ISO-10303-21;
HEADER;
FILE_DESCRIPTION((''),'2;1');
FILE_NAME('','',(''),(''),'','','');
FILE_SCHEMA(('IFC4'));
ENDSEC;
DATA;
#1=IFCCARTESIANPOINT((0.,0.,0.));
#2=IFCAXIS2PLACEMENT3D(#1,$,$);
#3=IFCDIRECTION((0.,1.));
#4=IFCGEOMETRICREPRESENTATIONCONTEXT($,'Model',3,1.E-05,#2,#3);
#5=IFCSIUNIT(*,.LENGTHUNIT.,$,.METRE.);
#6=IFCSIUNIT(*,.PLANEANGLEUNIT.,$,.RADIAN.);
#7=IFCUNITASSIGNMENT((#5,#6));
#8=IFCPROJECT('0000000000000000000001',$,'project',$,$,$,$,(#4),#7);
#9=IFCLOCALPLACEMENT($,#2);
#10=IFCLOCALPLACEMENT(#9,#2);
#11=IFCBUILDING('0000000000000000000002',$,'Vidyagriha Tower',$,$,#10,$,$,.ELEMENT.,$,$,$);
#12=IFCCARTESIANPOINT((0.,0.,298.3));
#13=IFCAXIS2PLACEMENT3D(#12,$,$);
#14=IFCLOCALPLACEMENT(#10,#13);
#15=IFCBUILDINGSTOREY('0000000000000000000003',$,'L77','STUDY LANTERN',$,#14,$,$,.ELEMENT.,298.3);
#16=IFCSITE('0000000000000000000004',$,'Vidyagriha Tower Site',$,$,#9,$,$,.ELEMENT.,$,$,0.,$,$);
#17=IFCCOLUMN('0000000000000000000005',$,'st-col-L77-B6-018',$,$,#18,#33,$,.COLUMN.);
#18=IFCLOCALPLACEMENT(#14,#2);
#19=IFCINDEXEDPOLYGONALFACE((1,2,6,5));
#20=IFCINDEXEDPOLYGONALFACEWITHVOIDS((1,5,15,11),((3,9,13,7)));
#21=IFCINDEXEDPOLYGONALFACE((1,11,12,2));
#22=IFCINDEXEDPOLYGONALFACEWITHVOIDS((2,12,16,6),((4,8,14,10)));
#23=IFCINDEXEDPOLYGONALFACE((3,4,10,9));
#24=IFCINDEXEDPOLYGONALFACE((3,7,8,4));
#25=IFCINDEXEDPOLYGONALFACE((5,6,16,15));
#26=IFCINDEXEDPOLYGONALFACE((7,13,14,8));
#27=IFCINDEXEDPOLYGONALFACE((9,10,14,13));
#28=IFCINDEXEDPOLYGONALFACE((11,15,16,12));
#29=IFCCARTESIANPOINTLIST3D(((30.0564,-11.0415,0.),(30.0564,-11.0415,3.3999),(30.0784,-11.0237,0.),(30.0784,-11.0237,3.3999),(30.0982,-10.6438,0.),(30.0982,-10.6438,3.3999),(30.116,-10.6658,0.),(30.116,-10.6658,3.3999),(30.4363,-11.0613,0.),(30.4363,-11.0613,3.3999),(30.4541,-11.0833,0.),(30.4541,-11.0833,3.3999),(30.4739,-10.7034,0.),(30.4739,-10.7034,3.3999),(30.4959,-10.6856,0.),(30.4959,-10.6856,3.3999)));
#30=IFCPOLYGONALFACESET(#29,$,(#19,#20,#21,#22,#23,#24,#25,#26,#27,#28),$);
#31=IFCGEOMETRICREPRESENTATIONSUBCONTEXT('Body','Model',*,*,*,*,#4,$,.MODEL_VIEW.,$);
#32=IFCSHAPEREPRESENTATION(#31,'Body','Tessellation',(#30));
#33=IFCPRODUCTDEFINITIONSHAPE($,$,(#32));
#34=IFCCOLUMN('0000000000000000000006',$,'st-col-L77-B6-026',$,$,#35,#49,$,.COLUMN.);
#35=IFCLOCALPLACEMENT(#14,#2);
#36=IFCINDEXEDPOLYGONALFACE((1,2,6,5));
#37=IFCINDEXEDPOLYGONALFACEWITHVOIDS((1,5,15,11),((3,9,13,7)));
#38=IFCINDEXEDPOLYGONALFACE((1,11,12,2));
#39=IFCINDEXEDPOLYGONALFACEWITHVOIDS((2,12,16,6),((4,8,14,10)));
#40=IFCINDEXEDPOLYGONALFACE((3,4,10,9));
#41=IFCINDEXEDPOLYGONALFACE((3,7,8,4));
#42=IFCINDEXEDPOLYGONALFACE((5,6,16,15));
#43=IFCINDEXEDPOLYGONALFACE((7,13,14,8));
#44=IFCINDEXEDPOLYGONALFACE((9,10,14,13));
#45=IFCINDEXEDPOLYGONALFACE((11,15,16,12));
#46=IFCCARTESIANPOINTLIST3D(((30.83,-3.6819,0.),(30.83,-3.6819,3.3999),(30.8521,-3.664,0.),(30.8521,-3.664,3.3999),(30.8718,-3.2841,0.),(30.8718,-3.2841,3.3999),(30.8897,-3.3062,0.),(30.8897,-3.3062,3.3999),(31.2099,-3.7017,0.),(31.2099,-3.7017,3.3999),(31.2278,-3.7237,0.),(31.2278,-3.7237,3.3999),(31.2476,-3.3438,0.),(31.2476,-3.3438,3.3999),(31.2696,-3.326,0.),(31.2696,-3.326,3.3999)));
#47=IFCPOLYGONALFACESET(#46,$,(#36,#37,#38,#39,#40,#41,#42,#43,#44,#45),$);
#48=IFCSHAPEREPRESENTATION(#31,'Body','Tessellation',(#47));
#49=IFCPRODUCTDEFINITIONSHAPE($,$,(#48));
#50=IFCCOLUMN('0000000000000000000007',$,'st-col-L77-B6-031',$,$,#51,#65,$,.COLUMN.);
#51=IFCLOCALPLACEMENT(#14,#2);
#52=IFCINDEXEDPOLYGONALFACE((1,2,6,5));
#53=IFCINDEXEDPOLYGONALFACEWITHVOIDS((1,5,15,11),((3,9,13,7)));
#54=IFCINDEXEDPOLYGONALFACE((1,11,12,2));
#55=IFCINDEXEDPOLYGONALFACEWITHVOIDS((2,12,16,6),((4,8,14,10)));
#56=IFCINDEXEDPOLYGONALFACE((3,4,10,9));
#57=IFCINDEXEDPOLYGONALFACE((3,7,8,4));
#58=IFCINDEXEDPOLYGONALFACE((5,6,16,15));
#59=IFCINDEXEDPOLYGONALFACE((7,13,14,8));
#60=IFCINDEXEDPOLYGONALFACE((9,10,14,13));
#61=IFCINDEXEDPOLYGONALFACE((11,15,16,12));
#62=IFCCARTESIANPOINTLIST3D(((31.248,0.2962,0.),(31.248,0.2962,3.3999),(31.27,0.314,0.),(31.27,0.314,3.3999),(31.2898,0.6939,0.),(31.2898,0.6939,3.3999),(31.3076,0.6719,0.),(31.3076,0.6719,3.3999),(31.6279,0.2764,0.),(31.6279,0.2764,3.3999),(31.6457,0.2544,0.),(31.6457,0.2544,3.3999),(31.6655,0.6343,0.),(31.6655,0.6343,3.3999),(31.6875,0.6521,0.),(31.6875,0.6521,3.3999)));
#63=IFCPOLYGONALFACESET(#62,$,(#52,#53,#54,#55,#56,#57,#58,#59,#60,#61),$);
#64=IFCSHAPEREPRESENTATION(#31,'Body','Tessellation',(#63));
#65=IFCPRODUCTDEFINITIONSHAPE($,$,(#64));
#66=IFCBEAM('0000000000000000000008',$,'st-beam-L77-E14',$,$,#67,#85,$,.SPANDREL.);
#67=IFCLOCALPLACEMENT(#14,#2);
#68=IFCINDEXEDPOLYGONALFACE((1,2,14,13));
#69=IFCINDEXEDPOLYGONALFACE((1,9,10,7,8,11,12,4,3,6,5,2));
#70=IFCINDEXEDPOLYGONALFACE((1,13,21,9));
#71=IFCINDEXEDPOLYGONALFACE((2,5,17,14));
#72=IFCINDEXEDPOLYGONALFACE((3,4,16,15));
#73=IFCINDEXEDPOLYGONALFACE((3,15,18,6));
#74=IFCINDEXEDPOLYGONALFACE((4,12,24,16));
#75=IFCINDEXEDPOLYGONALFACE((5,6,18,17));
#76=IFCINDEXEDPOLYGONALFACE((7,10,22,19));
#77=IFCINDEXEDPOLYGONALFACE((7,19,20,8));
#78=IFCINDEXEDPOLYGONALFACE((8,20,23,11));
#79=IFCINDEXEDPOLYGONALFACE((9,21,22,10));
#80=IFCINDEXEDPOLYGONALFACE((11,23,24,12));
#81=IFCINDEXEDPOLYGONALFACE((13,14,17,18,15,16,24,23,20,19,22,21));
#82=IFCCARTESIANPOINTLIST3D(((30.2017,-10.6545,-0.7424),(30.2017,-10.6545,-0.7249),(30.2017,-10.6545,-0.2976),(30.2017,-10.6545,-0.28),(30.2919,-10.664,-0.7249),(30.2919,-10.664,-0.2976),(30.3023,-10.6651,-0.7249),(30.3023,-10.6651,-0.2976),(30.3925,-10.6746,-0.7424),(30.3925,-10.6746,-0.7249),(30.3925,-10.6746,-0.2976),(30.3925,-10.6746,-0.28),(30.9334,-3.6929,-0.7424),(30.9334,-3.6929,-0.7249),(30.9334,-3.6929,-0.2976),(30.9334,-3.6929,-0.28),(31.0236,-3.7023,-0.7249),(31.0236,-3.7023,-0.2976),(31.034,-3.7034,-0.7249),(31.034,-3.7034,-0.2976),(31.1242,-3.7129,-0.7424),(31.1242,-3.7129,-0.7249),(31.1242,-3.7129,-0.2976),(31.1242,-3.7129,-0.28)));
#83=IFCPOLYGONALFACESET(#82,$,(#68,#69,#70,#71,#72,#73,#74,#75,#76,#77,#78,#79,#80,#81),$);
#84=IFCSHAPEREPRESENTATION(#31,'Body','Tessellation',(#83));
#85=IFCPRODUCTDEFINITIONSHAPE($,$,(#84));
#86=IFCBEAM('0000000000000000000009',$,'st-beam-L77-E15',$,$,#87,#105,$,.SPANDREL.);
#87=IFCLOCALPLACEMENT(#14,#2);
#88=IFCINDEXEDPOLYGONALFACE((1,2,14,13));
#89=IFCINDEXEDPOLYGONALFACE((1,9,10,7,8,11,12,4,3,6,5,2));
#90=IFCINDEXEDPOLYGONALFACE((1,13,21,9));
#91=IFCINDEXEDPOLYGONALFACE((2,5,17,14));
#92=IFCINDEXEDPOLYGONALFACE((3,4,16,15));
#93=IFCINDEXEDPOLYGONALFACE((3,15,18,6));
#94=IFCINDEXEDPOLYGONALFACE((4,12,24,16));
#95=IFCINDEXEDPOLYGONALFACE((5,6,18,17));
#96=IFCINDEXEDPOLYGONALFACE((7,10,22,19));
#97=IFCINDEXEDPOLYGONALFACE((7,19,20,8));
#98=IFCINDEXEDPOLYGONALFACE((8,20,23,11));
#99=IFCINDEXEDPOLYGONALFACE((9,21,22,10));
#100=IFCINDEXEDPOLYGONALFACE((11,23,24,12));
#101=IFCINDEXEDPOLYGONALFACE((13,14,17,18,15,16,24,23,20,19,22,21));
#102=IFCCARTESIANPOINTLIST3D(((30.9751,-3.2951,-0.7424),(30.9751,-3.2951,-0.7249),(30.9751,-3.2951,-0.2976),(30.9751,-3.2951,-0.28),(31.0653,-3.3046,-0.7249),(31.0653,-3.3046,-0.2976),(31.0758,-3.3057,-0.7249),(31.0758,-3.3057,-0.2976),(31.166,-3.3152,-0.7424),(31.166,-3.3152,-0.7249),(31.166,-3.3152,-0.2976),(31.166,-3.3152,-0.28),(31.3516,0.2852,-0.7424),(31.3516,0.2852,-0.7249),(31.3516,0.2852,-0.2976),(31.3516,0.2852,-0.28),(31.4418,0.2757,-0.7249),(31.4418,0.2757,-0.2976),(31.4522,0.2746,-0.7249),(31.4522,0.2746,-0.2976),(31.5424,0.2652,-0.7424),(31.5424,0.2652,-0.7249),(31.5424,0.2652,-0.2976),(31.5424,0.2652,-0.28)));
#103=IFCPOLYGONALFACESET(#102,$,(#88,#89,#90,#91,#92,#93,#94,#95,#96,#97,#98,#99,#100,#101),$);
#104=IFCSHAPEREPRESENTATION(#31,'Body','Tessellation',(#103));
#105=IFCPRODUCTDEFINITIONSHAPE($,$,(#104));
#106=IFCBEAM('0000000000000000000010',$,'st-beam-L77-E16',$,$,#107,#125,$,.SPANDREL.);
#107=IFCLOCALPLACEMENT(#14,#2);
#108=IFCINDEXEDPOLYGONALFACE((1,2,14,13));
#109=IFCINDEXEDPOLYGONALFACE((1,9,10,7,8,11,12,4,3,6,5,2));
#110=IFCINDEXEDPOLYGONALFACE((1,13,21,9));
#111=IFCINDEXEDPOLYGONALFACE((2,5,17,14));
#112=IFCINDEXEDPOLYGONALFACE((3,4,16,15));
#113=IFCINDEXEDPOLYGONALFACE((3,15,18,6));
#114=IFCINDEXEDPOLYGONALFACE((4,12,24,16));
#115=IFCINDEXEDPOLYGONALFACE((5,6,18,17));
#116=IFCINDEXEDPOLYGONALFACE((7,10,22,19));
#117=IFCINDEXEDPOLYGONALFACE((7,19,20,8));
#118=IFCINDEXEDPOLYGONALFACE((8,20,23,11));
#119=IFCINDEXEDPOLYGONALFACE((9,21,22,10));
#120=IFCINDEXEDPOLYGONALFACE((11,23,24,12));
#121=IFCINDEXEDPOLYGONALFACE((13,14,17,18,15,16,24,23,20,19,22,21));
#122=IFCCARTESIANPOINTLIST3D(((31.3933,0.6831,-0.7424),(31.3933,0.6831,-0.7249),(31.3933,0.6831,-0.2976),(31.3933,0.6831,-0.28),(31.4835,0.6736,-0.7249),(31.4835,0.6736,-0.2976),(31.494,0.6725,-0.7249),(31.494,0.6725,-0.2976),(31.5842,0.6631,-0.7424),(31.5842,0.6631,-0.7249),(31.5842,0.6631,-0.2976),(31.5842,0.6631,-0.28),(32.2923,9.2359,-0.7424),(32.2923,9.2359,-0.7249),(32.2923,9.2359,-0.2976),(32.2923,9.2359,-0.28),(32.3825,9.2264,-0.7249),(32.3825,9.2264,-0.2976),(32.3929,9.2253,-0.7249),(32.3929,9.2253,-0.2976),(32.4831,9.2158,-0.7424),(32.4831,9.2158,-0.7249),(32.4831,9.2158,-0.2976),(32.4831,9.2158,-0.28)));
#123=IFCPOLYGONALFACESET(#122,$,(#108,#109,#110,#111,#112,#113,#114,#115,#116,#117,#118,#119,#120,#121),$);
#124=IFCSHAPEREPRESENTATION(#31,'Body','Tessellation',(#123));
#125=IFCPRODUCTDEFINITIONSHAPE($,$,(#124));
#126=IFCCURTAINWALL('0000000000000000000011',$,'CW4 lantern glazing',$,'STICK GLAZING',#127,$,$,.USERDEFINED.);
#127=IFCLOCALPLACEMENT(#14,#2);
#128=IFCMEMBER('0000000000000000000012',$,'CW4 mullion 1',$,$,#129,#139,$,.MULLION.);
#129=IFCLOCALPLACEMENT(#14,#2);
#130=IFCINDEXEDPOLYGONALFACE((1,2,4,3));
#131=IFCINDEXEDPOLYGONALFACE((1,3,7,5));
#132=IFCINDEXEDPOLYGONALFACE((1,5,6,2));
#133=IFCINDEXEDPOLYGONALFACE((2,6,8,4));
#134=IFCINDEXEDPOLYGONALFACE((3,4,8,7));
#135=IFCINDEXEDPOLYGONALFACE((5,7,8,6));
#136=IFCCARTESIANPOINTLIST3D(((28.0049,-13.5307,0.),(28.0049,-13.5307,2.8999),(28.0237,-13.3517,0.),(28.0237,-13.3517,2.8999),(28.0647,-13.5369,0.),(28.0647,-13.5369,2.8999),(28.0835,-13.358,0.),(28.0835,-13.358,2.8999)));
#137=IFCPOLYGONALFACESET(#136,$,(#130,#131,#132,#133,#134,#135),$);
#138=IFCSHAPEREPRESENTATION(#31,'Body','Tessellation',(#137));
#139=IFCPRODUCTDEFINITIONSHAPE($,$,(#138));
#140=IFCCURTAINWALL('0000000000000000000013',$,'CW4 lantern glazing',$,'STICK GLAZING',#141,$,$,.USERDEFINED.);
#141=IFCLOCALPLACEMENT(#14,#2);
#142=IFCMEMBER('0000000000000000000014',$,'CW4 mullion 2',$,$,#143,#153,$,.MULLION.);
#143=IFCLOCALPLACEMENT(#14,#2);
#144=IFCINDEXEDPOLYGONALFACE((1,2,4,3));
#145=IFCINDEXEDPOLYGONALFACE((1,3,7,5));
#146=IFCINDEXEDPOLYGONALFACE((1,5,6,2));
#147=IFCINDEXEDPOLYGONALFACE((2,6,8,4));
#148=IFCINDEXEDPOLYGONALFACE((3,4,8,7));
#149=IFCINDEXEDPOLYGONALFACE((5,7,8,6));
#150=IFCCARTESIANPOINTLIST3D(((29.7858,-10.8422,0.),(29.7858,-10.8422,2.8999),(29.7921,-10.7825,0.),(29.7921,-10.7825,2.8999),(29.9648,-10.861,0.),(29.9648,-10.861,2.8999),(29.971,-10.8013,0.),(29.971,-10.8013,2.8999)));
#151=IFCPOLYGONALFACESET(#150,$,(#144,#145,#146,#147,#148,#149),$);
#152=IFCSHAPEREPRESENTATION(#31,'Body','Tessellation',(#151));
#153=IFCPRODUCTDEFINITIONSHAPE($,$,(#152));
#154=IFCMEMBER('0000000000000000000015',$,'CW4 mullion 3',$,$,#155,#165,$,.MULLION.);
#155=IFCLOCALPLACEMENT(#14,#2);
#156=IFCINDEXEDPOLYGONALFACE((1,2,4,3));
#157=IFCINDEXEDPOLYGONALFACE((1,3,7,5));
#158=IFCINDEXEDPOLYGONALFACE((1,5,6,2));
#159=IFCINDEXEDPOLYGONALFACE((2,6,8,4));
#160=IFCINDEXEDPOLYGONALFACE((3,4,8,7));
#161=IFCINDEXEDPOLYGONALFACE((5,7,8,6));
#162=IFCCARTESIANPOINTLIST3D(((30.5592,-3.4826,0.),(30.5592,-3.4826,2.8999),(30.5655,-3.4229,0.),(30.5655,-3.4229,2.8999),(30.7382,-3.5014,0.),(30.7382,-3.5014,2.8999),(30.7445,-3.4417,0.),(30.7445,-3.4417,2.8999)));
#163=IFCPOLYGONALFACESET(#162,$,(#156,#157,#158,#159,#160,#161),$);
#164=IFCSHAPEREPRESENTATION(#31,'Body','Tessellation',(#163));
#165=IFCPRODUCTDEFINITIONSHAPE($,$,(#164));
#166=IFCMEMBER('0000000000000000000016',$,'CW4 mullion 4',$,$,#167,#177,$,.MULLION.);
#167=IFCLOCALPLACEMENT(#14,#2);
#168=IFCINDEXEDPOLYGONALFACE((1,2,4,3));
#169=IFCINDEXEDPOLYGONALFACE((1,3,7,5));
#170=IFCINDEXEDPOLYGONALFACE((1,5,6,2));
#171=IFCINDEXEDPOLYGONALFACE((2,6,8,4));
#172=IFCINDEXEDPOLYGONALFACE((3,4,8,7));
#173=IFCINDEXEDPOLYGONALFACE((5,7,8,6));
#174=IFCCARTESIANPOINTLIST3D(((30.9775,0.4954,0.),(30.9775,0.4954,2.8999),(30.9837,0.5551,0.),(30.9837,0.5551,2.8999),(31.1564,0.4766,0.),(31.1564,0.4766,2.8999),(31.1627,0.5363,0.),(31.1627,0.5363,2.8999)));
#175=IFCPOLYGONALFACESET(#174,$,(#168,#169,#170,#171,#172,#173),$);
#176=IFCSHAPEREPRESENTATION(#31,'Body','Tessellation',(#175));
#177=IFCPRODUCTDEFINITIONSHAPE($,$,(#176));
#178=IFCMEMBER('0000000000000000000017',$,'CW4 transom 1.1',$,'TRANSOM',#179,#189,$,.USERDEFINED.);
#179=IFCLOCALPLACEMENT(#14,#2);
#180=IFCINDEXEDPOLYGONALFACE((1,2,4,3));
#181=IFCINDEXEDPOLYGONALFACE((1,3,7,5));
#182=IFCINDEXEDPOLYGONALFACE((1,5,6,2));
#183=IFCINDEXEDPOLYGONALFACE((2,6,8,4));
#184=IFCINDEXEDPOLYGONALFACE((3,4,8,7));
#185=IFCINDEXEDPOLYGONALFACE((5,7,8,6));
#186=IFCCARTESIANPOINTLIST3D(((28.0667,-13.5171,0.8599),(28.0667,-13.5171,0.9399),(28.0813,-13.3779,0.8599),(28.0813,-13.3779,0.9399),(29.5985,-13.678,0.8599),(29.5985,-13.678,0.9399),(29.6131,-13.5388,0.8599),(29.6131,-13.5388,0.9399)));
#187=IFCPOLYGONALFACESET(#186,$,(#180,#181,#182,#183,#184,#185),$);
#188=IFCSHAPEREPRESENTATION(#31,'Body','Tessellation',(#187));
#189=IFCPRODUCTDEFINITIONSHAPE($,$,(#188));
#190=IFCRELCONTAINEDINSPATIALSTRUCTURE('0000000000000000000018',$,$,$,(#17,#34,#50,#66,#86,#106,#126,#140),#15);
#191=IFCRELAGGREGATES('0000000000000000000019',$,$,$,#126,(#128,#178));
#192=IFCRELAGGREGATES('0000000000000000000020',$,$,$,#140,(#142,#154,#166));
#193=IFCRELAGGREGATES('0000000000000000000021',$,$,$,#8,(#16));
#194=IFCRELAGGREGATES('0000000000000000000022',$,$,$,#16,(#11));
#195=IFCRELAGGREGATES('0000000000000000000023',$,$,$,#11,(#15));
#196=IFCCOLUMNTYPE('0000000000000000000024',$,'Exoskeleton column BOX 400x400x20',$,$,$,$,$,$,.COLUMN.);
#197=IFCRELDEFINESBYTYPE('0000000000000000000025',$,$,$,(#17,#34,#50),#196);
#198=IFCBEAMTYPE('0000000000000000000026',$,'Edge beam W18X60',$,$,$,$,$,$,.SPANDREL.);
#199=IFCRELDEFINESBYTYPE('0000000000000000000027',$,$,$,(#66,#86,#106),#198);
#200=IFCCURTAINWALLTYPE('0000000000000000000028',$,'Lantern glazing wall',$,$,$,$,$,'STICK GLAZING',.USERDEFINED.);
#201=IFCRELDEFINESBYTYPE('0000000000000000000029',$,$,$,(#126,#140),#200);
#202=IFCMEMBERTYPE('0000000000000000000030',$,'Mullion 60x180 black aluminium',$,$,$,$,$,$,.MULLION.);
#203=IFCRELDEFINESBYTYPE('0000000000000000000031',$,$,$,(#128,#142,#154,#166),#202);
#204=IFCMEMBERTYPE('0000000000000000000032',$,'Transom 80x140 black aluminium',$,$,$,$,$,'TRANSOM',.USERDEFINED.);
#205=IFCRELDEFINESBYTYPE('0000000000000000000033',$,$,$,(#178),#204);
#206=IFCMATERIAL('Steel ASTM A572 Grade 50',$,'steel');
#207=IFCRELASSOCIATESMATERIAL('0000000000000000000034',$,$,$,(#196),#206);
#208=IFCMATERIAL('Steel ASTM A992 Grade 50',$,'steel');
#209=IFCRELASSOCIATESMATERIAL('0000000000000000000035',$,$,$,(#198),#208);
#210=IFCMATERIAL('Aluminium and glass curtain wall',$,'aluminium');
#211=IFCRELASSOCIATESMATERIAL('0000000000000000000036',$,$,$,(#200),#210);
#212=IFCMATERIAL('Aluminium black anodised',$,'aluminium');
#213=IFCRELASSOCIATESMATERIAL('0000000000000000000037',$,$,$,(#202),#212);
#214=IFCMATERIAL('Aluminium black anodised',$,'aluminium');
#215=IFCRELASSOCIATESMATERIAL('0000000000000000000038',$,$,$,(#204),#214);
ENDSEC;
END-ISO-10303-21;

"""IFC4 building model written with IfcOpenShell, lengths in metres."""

from ifc_helpers import new_model, si_unit, direction, frame, origin, origin_2d, place, context, subcontext, project, spatial, rectangle, hollow_rectangle, i_section, extrude, material, material_profile, profile_set, type_object, element, aggregate, save


model = new_model("IFC4")

# Units and contexts
model_context = context("Model", 3, precision=1e-05, world=origin(), true_north=direction((0.0, 1.0)))
body_context = subcontext(model_context, "Body", "Model", "MODEL_VIEW")
ifc_project = project(units=[si_unit("LENGTHUNIT", "METRE"), si_unit("PLANEANGLEUNIT", "RADIAN")], contexts=[model_context])

# Site, building, storey
site_placement = place(None, origin())
site = spatial("IfcSite", under=ifc_project, at=site_placement, Name="Vidyagriha Tower Site", CompositionType="ELEMENT", RefElevation=0.0)
building_placement = place(site_placement, origin())
building = spatial("IfcBuilding", under=site, at=building_placement, Name="Vidyagriha Tower", CompositionType="ELEMENT")
storey_placement = place(building_placement, frame((0.0, 0.0, 298.3)))
storey = spatial("IfcBuildingStorey", under=building, at=storey_placement, Name="L77", Description="STUDY LANTERN", CompositionType="ELEMENT", Elevation=298.3)

# Columns
ifc_material_1 = material(Name="Steel ASTM A572 Grade 50", Category="steel")
ifc_material_profile_1 = material_profile(ifc_material_1, hollow_rectangle(XDim=0.3999, YDim=0.3999, WallThickness=0.02, at=origin_2d()), Name="BOX 400x400x20")
ifc_profile_set_1 = profile_set([ifc_material_profile_1], Name="Steel ASTM A572 Grade 50")
column_type = type_object("IfcColumnType", Name="Exoskeleton column BOX 400x400x20", PredefinedType="COLUMN", material=ifc_profile_set_1)
for number, where, z_axis, x_axis, name in (
    (1, (30.2761, -10.8635, 0.0), (0.0, 0.0, 1.0), (0.994522, -0.104528, 0.0), "st-col-L77-B6-018"),
    (2, (31.0498, -3.5039, 0.0), (0.0, 0.0, 1.0), (0.994522, -0.104528, 0.0), "st-col-L77-B6-026"),
    (3, (31.4678, 0.4741, 0.0), (0.0, 0.0, 1.0), (0.994522, -0.104528, 0.0), "st-col-L77-B6-031"),
):
    element("IfcColumn", number, at=place(storey_placement, frame(where, z_axis=z_axis, x_axis=x_axis)), inside=storey, type_object=column_type, Name=name, PredefinedType="COLUMN", context=body_context, shape_type="SweptSolid", body=[
        extrude(hollow_rectangle(XDim=0.3999, YDim=0.3999, WallThickness=0.02, at=origin_2d()), origin(), (0.0, 0.0, 1.0), 3.3999),
    ])

# Beams
ifc_material_2 = material(Name="Steel ASTM A992 Grade 50", Category="steel")
ifc_material_profile_2 = material_profile(ifc_material_2, i_section(OverallWidth=0.1919, OverallDepth=0.4624, WebThickness=0.0105, FlangeThickness=0.0176, at=origin_2d()), Name="W18X60")
ifc_profile_set_2 = profile_set([ifc_material_profile_2], Name="Steel ASTM A992 Grade 50")
beam_type = type_object("IfcBeamType", Name="Edge beam W18X60", PredefinedType="SPANDREL", material=ifc_profile_set_2)
beam_1_placement = place(storey_placement, frame((30.2971, -10.6646, -0.5112), z_axis=(0.104527, 0.994522, 0.0), x_axis=(-0.994522, 0.104527, 0.0)))
element("IfcBeam", 4, at=beam_1_placement, inside=storey, type_object=beam_type, Name="st-beam-L77-E14", PredefinedType="SPANDREL", context=body_context, shape_type="SweptSolid", body=[
    extrude(i_section(OverallWidth=0.1919, OverallDepth=0.4624, WebThickness=0.0105, FlangeThickness=0.0176, at=origin_2d()), origin(), (0.0, 0.0, 1.0), 7.0),
])
beam_2_placement = place(storey_placement, frame((31.0706, -3.3052, -0.5112), z_axis=(0.104572, 0.994517, 0.0), x_axis=(-0.994517, 0.104572, 0.0)))
element("IfcBeam", 5, at=beam_2_placement, inside=storey, type_object=beam_type, Name="st-beam-L77-E15", PredefinedType="SPANDREL", context=body_context, shape_type="SweptSolid", body=[
    extrude(i_section(OverallWidth=0.1919, OverallDepth=0.4624, WebThickness=0.0105, FlangeThickness=0.0176, at=origin_2d()), origin(), (0.0, 0.0, 1.0), 3.6001),
])
beam_3_placement = place(storey_placement, frame((31.4888, 0.6731, -0.5112), z_axis=(0.104528, 0.994522, 0.0), x_axis=(-0.994522, 0.104528, 0.0)))
element("IfcBeam", 6, at=beam_3_placement, inside=storey, type_object=beam_type, Name="st-beam-L77-E16", PredefinedType="SPANDREL", context=body_context, shape_type="SweptSolid", body=[
    extrude(i_section(OverallWidth=0.1919, OverallDepth=0.4624, WebThickness=0.0105, FlangeThickness=0.0176, at=origin_2d()), origin(), (0.0, 0.0, 1.0), 8.5999),
])

# Curtain wall, member
ifc_material_3 = material(Name="Aluminium and glass curtain wall", Category="aluminium")
curtain_wall_type = type_object("IfcCurtainWallType", Name="Lantern glazing wall", ElementType="STICK GLAZING", PredefinedType="USERDEFINED", material=ifc_material_3)
curtain_wall_1_placement = place(storey_placement, origin())
curtain_wall_1 = element("IfcCurtainWall", 7, at=curtain_wall_1_placement, inside=storey, type_object=curtain_wall_type, Name="CW4 lantern glazing", ObjectType="STICK GLAZING", PredefinedType="USERDEFINED")
ifc_material_4 = material(Name="Aluminium black anodised", Category="aluminium")
ifc_material_profile_3 = material_profile(ifc_material_4, rectangle(XDim=0.1799, YDim=0.0601, at=origin_2d()), Name="Mullion 60x180 black aluminium")
ifc_profile_set_3 = profile_set([ifc_material_profile_3], Name="Aluminium black anodised")
member_type_1 = type_object("IfcMemberType", Name="Mullion 60x180 black aluminium", PredefinedType="MULLION", material=ifc_profile_set_3)
member_1_placement = place(storey_placement, frame((28.0442, -13.4443, 0.0), z_axis=(0.0, 0.0, 1.0), x_axis=(0.104512, 0.994524, 0.0)))
member_1 = element("IfcMember", 8, at=member_1_placement, type_object=member_type_1, Name="CW4 mullion 1", PredefinedType="MULLION", context=body_context, shape_type="SweptSolid", body=[
    extrude(rectangle(XDim=0.1799, YDim=0.0601, at=origin_2d()), origin(), (0.0, 0.0, 1.0), 2.8999),
])

# Curtain wall, members
curtain_wall_2_placement = place(storey_placement, origin())
curtain_wall_2 = element("IfcCurtainWall", 9, at=curtain_wall_2_placement, inside=storey, type_object=curtain_wall_type, Name="CW4 lantern glazing", ObjectType="STICK GLAZING", PredefinedType="USERDEFINED")
member_2_placement = place(storey_placement, frame((29.8784, -10.8218, 0.0), z_axis=(0.0, 0.0, 1.0), x_axis=(-0.994522, 0.104527, 0.0)))
member_2 = element("IfcMember", 10, at=member_2_placement, type_object=member_type_1, Name="CW4 mullion 2", PredefinedType="MULLION", context=body_context, shape_type="SweptSolid", body=[
    extrude(rectangle(XDim=0.1799, YDim=0.0601, at=origin_2d()), origin(), (0.0, 0.0, 1.0), 2.8999),
])
member_3_placement = place(storey_placement, frame((30.6519, -3.4622, 0.0), z_axis=(0.0, 0.0, 1.0), x_axis=(-0.994522, 0.104527, 0.0)))
member_3 = element("IfcMember", 11, at=member_3_placement, type_object=member_type_1, Name="CW4 mullion 3", PredefinedType="MULLION", context=body_context, shape_type="SweptSolid", body=[
    extrude(rectangle(XDim=0.1799, YDim=0.0601, at=origin_2d()), origin(), (0.0, 0.0, 1.0), 2.8999),
])
member_4_placement = place(storey_placement, frame((31.0701, 0.5159, 0.0), z_axis=(0.0, 0.0, 1.0), x_axis=(-0.994522, 0.104527, 0.0)))
member_4 = element("IfcMember", 12, at=member_4_placement, type_object=member_type_1, Name="CW4 mullion 4", PredefinedType="MULLION", context=body_context, shape_type="SweptSolid", body=[
    extrude(rectangle(XDim=0.1799, YDim=0.0601, at=origin_2d()), origin(), (0.0, 0.0, 1.0), 2.8999),
])

# Member
ifc_material_5 = material(Name="Aluminium black anodised", Category="aluminium")
ifc_material_profile_4 = material_profile(ifc_material_5, rectangle(XDim=0.1399, YDim=0.0801, at=origin_2d()), Name="Transom 80x140 black aluminium")
ifc_profile_set_4 = profile_set([ifc_material_profile_4], Name="Aluminium black anodised")
member_type_2 = type_object("IfcMemberType", Name="Transom 80x140 black aluminium", ElementType="TRANSOM", PredefinedType="USERDEFINED", material=ifc_profile_set_4)
member_5_placement = place(storey_placement, frame((28.074, -13.4475, 0.8999), z_axis=(0.994529, -0.104462, 0.0), x_axis=(0.104462, 0.994529, 0.0)))
member_5 = element("IfcMember", 13, at=member_5_placement, type_object=member_type_2, Name="CW4 transom 1.1", ObjectType="TRANSOM", PredefinedType="USERDEFINED", context=body_context, shape_type="SweptSolid", body=[
    extrude(rectangle(XDim=0.1399, YDim=0.0801, at=origin_2d()), origin(), (0.0, 0.0, 1.0), 1.5403),
])
aggregate(curtain_wall_1, [member_1, member_5])

aggregate(curtain_wall_2, [member_2, member_3, member_4])

save(model, "model.ifc")
